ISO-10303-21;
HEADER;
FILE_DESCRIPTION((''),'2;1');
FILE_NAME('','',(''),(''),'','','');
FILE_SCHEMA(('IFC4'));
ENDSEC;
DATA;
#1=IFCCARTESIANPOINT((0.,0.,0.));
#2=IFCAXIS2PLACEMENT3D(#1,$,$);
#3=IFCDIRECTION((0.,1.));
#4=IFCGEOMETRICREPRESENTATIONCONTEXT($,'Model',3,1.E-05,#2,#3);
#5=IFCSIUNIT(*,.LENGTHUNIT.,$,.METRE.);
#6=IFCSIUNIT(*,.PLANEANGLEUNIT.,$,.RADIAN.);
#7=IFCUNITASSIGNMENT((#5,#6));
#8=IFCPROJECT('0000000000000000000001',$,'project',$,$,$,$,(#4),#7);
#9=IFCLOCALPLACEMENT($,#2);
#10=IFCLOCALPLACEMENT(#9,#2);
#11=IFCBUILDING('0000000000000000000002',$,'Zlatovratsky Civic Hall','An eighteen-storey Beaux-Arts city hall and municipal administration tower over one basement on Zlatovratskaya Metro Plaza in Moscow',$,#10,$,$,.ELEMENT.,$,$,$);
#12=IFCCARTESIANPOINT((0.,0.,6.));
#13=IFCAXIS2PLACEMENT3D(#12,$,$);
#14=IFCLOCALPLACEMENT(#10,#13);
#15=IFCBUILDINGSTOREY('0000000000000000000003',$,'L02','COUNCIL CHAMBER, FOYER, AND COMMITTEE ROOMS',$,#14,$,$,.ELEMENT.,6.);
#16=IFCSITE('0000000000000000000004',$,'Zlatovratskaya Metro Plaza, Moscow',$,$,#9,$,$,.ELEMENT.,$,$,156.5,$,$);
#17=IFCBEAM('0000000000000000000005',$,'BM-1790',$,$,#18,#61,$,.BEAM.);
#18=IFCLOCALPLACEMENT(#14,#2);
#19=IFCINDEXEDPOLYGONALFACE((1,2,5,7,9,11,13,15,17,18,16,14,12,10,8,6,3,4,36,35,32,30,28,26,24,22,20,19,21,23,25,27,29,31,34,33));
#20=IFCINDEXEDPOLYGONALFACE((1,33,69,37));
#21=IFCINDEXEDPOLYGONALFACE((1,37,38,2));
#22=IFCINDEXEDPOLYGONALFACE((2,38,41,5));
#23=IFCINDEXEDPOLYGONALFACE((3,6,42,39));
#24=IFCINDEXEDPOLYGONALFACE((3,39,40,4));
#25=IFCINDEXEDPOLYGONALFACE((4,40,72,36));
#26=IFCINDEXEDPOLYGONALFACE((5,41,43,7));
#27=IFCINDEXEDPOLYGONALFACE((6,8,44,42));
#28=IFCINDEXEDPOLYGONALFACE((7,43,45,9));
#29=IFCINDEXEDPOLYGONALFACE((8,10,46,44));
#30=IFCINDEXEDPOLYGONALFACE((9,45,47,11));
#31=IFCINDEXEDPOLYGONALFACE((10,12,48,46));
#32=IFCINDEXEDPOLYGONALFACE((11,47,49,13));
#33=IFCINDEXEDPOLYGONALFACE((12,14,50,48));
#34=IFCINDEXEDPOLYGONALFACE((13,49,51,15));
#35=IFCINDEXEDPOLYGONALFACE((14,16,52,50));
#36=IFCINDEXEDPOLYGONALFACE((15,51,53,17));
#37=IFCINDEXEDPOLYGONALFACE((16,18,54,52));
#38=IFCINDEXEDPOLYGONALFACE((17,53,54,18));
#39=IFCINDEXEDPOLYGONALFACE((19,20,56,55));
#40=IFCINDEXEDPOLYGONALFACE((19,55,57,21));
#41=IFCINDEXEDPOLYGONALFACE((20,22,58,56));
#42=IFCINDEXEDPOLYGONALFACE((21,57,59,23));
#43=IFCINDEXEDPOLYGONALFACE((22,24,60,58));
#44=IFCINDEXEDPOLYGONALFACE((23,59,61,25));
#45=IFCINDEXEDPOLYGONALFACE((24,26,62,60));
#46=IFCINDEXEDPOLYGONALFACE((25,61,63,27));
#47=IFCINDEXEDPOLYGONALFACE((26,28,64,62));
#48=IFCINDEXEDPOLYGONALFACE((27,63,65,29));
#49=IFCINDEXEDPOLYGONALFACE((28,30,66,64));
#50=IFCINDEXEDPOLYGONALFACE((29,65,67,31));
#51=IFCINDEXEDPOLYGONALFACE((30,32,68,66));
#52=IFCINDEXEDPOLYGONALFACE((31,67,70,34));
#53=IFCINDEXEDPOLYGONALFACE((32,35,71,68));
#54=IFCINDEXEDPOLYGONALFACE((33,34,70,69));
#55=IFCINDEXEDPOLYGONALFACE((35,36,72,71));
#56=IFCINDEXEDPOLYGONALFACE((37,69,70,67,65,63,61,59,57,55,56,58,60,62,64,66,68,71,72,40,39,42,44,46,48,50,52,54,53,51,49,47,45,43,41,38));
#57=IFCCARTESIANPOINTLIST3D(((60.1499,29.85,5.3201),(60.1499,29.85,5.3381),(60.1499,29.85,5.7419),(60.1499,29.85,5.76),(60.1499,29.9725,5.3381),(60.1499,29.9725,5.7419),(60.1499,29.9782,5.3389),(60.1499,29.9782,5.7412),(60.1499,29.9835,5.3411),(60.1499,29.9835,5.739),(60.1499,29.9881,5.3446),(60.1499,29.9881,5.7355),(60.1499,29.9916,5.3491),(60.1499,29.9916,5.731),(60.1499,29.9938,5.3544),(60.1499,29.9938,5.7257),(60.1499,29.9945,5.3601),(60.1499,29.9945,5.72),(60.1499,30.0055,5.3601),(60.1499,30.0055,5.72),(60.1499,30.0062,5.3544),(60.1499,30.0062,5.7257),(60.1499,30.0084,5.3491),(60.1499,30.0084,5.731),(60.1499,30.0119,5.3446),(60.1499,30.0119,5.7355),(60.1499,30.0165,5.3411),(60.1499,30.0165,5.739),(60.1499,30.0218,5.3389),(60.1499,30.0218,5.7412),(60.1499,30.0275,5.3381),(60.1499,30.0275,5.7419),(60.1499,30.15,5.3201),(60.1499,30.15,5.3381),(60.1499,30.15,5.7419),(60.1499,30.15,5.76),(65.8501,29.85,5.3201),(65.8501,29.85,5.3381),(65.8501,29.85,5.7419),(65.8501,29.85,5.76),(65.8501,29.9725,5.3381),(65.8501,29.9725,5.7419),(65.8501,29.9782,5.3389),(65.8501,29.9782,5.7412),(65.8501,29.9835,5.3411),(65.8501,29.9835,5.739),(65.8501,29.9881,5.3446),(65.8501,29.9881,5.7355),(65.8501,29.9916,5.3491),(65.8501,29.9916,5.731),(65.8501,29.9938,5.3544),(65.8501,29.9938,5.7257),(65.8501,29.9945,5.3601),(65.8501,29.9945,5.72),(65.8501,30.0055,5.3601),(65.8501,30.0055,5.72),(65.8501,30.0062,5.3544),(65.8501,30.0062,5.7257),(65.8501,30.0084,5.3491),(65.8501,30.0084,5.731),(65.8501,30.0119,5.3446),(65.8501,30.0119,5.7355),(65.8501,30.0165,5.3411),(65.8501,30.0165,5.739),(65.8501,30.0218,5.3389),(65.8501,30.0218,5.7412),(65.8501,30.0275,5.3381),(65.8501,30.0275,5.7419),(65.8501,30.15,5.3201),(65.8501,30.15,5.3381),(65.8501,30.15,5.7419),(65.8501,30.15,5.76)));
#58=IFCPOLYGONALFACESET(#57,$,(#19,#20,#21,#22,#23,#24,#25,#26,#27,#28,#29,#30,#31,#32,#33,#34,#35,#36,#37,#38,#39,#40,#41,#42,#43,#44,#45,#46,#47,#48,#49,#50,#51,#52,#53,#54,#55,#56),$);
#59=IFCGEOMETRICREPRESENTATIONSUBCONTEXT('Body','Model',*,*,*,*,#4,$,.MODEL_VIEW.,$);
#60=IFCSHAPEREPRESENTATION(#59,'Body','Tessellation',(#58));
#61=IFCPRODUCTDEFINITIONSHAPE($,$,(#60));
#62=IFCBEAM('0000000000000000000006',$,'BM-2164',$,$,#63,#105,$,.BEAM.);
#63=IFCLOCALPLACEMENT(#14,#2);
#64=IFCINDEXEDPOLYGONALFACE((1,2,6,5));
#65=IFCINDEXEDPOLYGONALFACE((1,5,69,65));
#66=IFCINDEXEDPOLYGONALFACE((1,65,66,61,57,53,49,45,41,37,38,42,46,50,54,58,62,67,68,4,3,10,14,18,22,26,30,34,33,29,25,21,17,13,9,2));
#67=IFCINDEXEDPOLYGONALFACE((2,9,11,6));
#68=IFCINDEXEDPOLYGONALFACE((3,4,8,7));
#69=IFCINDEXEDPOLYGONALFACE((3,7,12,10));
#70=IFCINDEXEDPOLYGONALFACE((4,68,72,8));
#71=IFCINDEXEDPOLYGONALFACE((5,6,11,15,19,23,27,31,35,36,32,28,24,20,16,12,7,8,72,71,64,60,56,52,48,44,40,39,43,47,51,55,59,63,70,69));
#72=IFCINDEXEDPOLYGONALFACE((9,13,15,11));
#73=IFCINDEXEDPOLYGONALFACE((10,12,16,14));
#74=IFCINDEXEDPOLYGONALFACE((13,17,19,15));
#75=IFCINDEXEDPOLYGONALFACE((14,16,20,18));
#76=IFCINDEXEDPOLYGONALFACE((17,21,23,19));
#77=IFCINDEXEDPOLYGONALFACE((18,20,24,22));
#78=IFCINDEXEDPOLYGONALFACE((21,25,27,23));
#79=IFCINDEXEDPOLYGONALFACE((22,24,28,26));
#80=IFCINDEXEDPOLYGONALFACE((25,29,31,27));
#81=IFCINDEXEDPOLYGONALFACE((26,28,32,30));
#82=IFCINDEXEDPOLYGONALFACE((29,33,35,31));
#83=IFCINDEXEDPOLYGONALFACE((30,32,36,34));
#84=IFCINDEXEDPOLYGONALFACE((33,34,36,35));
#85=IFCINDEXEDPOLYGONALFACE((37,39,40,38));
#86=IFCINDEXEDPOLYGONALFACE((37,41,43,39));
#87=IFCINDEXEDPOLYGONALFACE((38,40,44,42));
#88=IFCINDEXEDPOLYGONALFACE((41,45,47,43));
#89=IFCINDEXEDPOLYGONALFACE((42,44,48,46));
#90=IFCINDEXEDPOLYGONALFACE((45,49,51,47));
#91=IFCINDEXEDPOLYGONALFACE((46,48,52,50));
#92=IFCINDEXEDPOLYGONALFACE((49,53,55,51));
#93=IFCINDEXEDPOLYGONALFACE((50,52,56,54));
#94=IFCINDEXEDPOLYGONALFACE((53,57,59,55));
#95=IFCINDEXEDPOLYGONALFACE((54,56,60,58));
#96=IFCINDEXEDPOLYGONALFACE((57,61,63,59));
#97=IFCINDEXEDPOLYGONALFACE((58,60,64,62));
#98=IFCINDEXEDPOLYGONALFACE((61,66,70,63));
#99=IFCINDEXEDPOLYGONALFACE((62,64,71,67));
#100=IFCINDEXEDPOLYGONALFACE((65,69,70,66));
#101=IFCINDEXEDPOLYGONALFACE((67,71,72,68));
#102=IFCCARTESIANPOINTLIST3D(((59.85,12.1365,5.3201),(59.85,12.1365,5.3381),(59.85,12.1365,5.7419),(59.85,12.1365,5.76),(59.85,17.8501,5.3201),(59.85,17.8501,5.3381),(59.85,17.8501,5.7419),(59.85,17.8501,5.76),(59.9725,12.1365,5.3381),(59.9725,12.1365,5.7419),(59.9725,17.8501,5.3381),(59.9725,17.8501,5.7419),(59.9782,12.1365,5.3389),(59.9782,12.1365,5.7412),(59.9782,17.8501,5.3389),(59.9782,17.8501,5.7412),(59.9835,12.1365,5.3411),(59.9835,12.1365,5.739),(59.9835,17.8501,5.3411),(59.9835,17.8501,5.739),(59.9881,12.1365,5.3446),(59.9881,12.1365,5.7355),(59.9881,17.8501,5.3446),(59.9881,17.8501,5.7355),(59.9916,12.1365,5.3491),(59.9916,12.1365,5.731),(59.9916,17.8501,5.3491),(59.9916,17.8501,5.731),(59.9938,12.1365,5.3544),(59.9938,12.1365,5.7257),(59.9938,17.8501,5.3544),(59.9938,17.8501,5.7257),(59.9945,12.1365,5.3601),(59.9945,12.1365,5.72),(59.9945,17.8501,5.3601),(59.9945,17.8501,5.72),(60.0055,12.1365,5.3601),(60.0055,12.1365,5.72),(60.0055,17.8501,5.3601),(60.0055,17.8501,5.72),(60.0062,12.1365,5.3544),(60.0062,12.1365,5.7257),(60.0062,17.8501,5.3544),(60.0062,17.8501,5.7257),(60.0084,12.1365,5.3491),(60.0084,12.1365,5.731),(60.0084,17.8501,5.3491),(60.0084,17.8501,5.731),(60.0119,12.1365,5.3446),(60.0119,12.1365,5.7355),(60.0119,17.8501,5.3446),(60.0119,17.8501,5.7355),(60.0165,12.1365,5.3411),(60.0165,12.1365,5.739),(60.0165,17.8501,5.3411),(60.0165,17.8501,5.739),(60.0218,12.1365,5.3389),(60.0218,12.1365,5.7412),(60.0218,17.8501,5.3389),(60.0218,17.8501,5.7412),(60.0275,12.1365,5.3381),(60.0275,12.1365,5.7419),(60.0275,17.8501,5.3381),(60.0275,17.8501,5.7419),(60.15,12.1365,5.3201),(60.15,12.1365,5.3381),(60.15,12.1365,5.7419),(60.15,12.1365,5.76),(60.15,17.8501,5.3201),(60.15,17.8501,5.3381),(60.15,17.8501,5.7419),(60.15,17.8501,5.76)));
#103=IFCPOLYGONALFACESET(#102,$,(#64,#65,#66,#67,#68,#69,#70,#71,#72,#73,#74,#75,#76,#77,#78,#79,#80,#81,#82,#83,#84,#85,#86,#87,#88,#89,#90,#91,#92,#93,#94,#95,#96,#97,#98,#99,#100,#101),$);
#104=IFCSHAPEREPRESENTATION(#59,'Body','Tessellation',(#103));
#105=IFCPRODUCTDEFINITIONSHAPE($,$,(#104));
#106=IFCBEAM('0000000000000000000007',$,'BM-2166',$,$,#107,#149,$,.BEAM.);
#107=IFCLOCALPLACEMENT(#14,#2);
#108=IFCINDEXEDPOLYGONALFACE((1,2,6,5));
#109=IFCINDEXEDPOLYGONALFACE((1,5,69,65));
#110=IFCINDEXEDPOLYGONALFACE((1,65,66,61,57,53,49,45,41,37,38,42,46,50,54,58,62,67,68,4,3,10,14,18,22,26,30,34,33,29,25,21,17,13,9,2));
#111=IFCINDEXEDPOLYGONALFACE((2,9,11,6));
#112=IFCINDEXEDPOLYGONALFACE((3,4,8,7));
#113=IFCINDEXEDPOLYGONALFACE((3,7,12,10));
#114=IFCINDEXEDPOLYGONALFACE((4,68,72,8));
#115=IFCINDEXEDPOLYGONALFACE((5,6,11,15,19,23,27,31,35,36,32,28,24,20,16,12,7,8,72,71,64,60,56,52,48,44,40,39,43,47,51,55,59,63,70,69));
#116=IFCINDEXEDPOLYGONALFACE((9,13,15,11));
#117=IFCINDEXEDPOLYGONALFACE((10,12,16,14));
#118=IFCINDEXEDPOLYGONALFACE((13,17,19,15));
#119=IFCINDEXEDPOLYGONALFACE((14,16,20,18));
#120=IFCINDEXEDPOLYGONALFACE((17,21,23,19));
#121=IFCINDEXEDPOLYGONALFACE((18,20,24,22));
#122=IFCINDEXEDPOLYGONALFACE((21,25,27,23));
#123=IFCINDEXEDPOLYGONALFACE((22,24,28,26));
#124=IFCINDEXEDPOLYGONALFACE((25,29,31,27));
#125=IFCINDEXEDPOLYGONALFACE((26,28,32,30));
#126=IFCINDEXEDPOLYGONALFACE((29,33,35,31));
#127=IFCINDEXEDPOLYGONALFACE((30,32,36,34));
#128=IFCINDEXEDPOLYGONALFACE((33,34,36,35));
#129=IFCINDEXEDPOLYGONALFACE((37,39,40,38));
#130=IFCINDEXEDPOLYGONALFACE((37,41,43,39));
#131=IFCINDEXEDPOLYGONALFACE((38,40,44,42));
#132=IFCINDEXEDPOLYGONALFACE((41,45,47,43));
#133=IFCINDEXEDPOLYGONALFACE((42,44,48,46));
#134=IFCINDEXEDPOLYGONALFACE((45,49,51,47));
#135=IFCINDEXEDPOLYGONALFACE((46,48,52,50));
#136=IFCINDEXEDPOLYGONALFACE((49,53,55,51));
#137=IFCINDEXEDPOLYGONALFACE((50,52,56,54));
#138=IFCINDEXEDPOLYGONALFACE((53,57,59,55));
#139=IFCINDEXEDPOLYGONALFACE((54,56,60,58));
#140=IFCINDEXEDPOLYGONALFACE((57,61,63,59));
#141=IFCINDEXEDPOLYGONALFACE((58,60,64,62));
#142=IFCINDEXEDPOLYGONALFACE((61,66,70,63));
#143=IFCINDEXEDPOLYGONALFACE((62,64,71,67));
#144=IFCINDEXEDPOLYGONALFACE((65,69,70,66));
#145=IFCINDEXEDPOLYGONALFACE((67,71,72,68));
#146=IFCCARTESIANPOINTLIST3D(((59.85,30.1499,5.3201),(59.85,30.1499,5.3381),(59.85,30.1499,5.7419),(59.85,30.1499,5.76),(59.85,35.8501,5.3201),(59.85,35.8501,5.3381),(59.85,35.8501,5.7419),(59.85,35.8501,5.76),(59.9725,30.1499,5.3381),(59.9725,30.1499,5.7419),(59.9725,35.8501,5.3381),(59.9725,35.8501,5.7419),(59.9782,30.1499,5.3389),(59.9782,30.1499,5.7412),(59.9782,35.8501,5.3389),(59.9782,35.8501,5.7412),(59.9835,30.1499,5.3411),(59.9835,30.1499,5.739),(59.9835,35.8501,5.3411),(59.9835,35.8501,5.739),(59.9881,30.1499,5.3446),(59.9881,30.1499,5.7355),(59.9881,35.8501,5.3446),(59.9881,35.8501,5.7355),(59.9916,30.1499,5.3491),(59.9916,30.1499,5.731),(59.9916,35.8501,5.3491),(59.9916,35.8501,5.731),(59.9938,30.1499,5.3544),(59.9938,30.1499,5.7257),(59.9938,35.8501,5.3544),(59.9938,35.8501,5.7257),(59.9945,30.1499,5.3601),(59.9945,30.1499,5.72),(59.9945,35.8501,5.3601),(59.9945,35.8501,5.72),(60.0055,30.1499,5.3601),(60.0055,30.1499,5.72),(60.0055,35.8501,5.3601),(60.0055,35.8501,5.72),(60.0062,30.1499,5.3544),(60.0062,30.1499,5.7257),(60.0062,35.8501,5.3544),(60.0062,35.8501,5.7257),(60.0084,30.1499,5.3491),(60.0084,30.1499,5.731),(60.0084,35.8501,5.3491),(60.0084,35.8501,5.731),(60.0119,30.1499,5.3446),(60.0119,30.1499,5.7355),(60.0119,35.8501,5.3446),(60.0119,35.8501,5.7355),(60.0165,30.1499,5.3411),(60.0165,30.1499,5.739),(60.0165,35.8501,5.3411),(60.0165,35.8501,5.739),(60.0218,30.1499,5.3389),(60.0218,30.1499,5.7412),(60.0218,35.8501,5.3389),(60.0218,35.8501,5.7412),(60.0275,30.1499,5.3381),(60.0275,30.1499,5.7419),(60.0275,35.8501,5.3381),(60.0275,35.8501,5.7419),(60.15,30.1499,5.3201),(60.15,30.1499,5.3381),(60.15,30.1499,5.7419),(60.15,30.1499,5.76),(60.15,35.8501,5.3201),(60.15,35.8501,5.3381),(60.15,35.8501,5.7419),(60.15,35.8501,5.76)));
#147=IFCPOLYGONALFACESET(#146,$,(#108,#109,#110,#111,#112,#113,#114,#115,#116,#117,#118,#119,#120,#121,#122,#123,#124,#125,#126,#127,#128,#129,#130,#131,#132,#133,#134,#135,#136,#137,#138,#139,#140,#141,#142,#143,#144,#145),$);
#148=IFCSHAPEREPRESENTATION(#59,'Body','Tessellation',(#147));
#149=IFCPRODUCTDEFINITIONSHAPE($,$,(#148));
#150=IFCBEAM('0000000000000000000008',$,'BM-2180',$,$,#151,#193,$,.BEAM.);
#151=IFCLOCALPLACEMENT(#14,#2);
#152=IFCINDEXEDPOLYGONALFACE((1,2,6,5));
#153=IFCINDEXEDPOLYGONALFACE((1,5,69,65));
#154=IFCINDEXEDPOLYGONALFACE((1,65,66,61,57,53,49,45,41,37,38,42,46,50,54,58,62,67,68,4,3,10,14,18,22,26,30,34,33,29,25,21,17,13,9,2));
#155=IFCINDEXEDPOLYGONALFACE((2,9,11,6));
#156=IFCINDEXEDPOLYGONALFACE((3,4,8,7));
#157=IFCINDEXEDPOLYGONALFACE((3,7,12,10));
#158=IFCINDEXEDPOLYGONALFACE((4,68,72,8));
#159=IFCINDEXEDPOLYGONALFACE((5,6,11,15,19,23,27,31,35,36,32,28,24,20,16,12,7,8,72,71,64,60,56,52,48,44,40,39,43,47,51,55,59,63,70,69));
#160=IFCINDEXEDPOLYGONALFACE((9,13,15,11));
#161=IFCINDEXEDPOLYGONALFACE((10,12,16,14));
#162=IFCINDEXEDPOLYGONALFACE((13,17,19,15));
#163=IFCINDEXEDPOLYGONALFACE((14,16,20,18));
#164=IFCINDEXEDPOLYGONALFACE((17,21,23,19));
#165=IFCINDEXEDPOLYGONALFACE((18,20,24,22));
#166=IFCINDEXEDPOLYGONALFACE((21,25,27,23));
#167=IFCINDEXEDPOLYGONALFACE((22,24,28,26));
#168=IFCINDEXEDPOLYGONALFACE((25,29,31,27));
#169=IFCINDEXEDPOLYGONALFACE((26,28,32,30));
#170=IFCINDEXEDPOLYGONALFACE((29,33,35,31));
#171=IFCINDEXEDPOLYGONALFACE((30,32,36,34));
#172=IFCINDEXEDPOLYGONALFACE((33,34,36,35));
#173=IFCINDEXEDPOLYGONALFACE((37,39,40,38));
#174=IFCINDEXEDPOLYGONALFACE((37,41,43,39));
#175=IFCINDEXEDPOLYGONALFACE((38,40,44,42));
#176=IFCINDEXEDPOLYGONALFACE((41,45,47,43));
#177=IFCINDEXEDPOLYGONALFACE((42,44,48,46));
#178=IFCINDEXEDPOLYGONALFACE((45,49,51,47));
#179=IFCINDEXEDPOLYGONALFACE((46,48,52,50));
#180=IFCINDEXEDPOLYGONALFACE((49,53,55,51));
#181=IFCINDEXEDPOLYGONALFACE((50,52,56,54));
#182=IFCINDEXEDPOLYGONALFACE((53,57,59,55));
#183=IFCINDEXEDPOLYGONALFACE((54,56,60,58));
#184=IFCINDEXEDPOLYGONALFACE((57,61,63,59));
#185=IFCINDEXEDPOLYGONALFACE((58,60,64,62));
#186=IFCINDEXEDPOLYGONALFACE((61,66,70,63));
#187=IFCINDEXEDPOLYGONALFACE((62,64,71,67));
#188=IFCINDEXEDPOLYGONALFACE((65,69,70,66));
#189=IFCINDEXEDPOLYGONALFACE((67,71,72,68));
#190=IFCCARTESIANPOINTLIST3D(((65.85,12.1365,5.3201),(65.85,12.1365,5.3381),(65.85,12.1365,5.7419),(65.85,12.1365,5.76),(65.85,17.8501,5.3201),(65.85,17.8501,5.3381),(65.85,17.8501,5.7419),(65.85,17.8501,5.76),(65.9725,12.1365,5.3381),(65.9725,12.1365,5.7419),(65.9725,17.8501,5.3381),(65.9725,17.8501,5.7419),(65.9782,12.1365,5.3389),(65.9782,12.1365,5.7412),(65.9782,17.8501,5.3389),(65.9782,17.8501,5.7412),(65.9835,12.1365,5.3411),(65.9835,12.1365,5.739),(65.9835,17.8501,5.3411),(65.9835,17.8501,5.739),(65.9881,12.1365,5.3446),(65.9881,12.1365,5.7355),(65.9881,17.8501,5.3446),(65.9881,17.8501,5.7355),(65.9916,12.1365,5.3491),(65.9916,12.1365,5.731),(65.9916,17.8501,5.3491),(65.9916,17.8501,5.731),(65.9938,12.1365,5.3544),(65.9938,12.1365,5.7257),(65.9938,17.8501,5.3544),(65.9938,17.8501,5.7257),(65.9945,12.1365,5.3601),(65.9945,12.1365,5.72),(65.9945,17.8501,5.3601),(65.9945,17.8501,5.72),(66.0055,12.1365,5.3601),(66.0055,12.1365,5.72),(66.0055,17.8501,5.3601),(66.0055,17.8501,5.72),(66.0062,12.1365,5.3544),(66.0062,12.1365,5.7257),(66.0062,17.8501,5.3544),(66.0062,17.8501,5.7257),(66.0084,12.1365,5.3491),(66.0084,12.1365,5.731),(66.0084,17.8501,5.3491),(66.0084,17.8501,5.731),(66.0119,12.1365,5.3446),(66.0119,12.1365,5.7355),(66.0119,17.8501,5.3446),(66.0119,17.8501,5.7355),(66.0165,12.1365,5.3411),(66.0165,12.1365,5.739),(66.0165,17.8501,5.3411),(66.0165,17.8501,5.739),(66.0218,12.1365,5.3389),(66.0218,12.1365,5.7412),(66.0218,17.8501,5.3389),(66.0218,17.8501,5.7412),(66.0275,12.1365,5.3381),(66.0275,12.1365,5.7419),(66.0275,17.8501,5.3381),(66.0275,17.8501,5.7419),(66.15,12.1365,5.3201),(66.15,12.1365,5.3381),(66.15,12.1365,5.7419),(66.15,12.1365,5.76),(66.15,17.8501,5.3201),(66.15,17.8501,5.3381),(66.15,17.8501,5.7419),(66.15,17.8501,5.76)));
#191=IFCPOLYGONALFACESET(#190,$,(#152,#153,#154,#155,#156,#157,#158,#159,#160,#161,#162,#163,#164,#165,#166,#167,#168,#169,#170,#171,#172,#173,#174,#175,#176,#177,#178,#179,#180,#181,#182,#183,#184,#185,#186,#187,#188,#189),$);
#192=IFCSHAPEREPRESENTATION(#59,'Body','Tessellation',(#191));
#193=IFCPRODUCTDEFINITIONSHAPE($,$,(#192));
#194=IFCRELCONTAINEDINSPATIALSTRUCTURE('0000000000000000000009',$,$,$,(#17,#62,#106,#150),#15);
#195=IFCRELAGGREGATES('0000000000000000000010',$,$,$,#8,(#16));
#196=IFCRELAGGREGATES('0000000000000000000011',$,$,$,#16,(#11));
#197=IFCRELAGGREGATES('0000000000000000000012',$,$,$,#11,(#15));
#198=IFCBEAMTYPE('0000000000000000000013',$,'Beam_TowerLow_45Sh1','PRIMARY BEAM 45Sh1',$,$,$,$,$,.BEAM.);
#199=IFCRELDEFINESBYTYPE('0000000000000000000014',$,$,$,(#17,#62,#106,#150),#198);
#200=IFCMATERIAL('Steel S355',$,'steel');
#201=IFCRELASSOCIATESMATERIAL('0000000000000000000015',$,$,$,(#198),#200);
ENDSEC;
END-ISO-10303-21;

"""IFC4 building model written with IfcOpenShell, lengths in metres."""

from ifc_helpers import new_model, si_unit, direction, frame, origin, origin_2d, place, context, subcontext, project, spatial, i_section, extrude, material, material_profile, profile_set, type_object, element, save


model = new_model("IFC4")

# Units and contexts
model_context = context("Model", 3, precision=1e-05, world=origin(), true_north=direction((0.0, 1.0)))
body_context = subcontext(model_context, "Body", "Model", "MODEL_VIEW")
ifc_project = project(units=[si_unit("LENGTHUNIT", "METRE"), si_unit("PLANEANGLEUNIT", "RADIAN")], contexts=[model_context])

# Site, building, storey
site_placement = place(None, origin())
site = spatial("IfcSite", under=ifc_project, at=site_placement, Name="Zlatovratskaya Metro Plaza, Moscow", CompositionType="ELEMENT", RefElevation=156.5)
building_placement = place(site_placement, origin())
building = spatial("IfcBuilding", under=site, at=building_placement, Name="Zlatovratsky Civic Hall", Description="An eighteen-storey Beaux-Arts city hall and municipal administration tower over one basement on Zlatovratskaya Metro Plaza in Moscow", CompositionType="ELEMENT")
storey_placement = place(building_placement, frame((0.0, 0.0, 6.0)))
storey = spatial("IfcBuildingStorey", under=building, at=storey_placement, Name="L02", Description="COUNCIL CHAMBER, FOYER, AND COMMITTEE ROOMS", CompositionType="ELEMENT", Elevation=6.0)

# Shared definitions
ifc_material_1 = material(Name="Steel S355", Category="steel")

# Beams
ifc_material_profile_1 = material_profile(ifc_material_1, i_section(OverallWidth=0.3, OverallDepth=0.4399, WebThickness=0.011, FlangeThickness=0.0181, FilletRadius=0.022, at=origin_2d()), Name="45Sh1")
ifc_profile_set_1 = profile_set([ifc_material_profile_1], Name="Steel S355")
beam_type_1 = type_object("IfcBeamType", Name="Beam_TowerLow_45Sh1", Description="PRIMARY BEAM 45Sh1", PredefinedType="BEAM", material=ifc_profile_set_1)
for number, where, z_axis, x_axis, name in (
    (1, (60.1499, 30.0, 5.54), (1.0, 0.0, 0.0), (0.0, 1.0, 0.0), "BM-1790"),
):
    element("IfcBeam", number, at=place(storey_placement, frame(where, z_axis=z_axis, x_axis=x_axis)), inside=storey, type_object=beam_type_1, Name=name, PredefinedType="BEAM", context=body_context, shape_type="SweptSolid", body=[
        extrude(i_section(OverallWidth=0.3, OverallDepth=0.4399, WebThickness=0.011, FlangeThickness=0.0181, FilletRadius=0.022, at=origin_2d()), origin(), (0.0, 0.0, 1.0), 5.7002),
    ])
beam_1_placement = place(storey_placement, frame((60.0, 12.1365, 5.54), z_axis=(0.0, 1.0, 0.0), x_axis=(-1.0, 0.0, 0.0)))
element("IfcBeam", 2, at=beam_1_placement, inside=storey, type_object=beam_type_1, Name="BM-2164", PredefinedType="BEAM", context=body_context, shape_type="SweptSolid", body=[
    extrude(i_section(OverallWidth=0.3, OverallDepth=0.4399, WebThickness=0.011, FlangeThickness=0.0181, FilletRadius=0.022, at=origin_2d()), origin(), (0.0, 0.0, 1.0), 5.7136),
])
beam_2_placement = place(storey_placement, frame((60.0, 30.1499, 5.54), z_axis=(0.0, 1.0, 0.0), x_axis=(-1.0, 0.0, 0.0)))
element("IfcBeam", 3, at=beam_2_placement, inside=storey, type_object=beam_type_1, Name="BM-2166", PredefinedType="BEAM", context=body_context, shape_type="SweptSolid", body=[
    extrude(i_section(OverallWidth=0.3, OverallDepth=0.4399, WebThickness=0.011, FlangeThickness=0.0181, FilletRadius=0.022, at=origin_2d()), origin(), (0.0, 0.0, 1.0), 5.7002),
])
beam_3_placement = place(storey_placement, frame((66.0, 12.1365, 5.54), z_axis=(0.0, 1.0, 0.0), x_axis=(-1.0, 0.0, 0.0)))
element("IfcBeam", 4, at=beam_3_placement, inside=storey, type_object=beam_type_1, Name="BM-2180", PredefinedType="BEAM", context=body_context, shape_type="SweptSolid", body=[
    extrude(i_section(OverallWidth=0.3, OverallDepth=0.4399, WebThickness=0.011, FlangeThickness=0.0181, FilletRadius=0.022, at=origin_2d()), origin(), (0.0, 0.0, 1.0), 5.7136),
])

save(model, "model.ifc")
